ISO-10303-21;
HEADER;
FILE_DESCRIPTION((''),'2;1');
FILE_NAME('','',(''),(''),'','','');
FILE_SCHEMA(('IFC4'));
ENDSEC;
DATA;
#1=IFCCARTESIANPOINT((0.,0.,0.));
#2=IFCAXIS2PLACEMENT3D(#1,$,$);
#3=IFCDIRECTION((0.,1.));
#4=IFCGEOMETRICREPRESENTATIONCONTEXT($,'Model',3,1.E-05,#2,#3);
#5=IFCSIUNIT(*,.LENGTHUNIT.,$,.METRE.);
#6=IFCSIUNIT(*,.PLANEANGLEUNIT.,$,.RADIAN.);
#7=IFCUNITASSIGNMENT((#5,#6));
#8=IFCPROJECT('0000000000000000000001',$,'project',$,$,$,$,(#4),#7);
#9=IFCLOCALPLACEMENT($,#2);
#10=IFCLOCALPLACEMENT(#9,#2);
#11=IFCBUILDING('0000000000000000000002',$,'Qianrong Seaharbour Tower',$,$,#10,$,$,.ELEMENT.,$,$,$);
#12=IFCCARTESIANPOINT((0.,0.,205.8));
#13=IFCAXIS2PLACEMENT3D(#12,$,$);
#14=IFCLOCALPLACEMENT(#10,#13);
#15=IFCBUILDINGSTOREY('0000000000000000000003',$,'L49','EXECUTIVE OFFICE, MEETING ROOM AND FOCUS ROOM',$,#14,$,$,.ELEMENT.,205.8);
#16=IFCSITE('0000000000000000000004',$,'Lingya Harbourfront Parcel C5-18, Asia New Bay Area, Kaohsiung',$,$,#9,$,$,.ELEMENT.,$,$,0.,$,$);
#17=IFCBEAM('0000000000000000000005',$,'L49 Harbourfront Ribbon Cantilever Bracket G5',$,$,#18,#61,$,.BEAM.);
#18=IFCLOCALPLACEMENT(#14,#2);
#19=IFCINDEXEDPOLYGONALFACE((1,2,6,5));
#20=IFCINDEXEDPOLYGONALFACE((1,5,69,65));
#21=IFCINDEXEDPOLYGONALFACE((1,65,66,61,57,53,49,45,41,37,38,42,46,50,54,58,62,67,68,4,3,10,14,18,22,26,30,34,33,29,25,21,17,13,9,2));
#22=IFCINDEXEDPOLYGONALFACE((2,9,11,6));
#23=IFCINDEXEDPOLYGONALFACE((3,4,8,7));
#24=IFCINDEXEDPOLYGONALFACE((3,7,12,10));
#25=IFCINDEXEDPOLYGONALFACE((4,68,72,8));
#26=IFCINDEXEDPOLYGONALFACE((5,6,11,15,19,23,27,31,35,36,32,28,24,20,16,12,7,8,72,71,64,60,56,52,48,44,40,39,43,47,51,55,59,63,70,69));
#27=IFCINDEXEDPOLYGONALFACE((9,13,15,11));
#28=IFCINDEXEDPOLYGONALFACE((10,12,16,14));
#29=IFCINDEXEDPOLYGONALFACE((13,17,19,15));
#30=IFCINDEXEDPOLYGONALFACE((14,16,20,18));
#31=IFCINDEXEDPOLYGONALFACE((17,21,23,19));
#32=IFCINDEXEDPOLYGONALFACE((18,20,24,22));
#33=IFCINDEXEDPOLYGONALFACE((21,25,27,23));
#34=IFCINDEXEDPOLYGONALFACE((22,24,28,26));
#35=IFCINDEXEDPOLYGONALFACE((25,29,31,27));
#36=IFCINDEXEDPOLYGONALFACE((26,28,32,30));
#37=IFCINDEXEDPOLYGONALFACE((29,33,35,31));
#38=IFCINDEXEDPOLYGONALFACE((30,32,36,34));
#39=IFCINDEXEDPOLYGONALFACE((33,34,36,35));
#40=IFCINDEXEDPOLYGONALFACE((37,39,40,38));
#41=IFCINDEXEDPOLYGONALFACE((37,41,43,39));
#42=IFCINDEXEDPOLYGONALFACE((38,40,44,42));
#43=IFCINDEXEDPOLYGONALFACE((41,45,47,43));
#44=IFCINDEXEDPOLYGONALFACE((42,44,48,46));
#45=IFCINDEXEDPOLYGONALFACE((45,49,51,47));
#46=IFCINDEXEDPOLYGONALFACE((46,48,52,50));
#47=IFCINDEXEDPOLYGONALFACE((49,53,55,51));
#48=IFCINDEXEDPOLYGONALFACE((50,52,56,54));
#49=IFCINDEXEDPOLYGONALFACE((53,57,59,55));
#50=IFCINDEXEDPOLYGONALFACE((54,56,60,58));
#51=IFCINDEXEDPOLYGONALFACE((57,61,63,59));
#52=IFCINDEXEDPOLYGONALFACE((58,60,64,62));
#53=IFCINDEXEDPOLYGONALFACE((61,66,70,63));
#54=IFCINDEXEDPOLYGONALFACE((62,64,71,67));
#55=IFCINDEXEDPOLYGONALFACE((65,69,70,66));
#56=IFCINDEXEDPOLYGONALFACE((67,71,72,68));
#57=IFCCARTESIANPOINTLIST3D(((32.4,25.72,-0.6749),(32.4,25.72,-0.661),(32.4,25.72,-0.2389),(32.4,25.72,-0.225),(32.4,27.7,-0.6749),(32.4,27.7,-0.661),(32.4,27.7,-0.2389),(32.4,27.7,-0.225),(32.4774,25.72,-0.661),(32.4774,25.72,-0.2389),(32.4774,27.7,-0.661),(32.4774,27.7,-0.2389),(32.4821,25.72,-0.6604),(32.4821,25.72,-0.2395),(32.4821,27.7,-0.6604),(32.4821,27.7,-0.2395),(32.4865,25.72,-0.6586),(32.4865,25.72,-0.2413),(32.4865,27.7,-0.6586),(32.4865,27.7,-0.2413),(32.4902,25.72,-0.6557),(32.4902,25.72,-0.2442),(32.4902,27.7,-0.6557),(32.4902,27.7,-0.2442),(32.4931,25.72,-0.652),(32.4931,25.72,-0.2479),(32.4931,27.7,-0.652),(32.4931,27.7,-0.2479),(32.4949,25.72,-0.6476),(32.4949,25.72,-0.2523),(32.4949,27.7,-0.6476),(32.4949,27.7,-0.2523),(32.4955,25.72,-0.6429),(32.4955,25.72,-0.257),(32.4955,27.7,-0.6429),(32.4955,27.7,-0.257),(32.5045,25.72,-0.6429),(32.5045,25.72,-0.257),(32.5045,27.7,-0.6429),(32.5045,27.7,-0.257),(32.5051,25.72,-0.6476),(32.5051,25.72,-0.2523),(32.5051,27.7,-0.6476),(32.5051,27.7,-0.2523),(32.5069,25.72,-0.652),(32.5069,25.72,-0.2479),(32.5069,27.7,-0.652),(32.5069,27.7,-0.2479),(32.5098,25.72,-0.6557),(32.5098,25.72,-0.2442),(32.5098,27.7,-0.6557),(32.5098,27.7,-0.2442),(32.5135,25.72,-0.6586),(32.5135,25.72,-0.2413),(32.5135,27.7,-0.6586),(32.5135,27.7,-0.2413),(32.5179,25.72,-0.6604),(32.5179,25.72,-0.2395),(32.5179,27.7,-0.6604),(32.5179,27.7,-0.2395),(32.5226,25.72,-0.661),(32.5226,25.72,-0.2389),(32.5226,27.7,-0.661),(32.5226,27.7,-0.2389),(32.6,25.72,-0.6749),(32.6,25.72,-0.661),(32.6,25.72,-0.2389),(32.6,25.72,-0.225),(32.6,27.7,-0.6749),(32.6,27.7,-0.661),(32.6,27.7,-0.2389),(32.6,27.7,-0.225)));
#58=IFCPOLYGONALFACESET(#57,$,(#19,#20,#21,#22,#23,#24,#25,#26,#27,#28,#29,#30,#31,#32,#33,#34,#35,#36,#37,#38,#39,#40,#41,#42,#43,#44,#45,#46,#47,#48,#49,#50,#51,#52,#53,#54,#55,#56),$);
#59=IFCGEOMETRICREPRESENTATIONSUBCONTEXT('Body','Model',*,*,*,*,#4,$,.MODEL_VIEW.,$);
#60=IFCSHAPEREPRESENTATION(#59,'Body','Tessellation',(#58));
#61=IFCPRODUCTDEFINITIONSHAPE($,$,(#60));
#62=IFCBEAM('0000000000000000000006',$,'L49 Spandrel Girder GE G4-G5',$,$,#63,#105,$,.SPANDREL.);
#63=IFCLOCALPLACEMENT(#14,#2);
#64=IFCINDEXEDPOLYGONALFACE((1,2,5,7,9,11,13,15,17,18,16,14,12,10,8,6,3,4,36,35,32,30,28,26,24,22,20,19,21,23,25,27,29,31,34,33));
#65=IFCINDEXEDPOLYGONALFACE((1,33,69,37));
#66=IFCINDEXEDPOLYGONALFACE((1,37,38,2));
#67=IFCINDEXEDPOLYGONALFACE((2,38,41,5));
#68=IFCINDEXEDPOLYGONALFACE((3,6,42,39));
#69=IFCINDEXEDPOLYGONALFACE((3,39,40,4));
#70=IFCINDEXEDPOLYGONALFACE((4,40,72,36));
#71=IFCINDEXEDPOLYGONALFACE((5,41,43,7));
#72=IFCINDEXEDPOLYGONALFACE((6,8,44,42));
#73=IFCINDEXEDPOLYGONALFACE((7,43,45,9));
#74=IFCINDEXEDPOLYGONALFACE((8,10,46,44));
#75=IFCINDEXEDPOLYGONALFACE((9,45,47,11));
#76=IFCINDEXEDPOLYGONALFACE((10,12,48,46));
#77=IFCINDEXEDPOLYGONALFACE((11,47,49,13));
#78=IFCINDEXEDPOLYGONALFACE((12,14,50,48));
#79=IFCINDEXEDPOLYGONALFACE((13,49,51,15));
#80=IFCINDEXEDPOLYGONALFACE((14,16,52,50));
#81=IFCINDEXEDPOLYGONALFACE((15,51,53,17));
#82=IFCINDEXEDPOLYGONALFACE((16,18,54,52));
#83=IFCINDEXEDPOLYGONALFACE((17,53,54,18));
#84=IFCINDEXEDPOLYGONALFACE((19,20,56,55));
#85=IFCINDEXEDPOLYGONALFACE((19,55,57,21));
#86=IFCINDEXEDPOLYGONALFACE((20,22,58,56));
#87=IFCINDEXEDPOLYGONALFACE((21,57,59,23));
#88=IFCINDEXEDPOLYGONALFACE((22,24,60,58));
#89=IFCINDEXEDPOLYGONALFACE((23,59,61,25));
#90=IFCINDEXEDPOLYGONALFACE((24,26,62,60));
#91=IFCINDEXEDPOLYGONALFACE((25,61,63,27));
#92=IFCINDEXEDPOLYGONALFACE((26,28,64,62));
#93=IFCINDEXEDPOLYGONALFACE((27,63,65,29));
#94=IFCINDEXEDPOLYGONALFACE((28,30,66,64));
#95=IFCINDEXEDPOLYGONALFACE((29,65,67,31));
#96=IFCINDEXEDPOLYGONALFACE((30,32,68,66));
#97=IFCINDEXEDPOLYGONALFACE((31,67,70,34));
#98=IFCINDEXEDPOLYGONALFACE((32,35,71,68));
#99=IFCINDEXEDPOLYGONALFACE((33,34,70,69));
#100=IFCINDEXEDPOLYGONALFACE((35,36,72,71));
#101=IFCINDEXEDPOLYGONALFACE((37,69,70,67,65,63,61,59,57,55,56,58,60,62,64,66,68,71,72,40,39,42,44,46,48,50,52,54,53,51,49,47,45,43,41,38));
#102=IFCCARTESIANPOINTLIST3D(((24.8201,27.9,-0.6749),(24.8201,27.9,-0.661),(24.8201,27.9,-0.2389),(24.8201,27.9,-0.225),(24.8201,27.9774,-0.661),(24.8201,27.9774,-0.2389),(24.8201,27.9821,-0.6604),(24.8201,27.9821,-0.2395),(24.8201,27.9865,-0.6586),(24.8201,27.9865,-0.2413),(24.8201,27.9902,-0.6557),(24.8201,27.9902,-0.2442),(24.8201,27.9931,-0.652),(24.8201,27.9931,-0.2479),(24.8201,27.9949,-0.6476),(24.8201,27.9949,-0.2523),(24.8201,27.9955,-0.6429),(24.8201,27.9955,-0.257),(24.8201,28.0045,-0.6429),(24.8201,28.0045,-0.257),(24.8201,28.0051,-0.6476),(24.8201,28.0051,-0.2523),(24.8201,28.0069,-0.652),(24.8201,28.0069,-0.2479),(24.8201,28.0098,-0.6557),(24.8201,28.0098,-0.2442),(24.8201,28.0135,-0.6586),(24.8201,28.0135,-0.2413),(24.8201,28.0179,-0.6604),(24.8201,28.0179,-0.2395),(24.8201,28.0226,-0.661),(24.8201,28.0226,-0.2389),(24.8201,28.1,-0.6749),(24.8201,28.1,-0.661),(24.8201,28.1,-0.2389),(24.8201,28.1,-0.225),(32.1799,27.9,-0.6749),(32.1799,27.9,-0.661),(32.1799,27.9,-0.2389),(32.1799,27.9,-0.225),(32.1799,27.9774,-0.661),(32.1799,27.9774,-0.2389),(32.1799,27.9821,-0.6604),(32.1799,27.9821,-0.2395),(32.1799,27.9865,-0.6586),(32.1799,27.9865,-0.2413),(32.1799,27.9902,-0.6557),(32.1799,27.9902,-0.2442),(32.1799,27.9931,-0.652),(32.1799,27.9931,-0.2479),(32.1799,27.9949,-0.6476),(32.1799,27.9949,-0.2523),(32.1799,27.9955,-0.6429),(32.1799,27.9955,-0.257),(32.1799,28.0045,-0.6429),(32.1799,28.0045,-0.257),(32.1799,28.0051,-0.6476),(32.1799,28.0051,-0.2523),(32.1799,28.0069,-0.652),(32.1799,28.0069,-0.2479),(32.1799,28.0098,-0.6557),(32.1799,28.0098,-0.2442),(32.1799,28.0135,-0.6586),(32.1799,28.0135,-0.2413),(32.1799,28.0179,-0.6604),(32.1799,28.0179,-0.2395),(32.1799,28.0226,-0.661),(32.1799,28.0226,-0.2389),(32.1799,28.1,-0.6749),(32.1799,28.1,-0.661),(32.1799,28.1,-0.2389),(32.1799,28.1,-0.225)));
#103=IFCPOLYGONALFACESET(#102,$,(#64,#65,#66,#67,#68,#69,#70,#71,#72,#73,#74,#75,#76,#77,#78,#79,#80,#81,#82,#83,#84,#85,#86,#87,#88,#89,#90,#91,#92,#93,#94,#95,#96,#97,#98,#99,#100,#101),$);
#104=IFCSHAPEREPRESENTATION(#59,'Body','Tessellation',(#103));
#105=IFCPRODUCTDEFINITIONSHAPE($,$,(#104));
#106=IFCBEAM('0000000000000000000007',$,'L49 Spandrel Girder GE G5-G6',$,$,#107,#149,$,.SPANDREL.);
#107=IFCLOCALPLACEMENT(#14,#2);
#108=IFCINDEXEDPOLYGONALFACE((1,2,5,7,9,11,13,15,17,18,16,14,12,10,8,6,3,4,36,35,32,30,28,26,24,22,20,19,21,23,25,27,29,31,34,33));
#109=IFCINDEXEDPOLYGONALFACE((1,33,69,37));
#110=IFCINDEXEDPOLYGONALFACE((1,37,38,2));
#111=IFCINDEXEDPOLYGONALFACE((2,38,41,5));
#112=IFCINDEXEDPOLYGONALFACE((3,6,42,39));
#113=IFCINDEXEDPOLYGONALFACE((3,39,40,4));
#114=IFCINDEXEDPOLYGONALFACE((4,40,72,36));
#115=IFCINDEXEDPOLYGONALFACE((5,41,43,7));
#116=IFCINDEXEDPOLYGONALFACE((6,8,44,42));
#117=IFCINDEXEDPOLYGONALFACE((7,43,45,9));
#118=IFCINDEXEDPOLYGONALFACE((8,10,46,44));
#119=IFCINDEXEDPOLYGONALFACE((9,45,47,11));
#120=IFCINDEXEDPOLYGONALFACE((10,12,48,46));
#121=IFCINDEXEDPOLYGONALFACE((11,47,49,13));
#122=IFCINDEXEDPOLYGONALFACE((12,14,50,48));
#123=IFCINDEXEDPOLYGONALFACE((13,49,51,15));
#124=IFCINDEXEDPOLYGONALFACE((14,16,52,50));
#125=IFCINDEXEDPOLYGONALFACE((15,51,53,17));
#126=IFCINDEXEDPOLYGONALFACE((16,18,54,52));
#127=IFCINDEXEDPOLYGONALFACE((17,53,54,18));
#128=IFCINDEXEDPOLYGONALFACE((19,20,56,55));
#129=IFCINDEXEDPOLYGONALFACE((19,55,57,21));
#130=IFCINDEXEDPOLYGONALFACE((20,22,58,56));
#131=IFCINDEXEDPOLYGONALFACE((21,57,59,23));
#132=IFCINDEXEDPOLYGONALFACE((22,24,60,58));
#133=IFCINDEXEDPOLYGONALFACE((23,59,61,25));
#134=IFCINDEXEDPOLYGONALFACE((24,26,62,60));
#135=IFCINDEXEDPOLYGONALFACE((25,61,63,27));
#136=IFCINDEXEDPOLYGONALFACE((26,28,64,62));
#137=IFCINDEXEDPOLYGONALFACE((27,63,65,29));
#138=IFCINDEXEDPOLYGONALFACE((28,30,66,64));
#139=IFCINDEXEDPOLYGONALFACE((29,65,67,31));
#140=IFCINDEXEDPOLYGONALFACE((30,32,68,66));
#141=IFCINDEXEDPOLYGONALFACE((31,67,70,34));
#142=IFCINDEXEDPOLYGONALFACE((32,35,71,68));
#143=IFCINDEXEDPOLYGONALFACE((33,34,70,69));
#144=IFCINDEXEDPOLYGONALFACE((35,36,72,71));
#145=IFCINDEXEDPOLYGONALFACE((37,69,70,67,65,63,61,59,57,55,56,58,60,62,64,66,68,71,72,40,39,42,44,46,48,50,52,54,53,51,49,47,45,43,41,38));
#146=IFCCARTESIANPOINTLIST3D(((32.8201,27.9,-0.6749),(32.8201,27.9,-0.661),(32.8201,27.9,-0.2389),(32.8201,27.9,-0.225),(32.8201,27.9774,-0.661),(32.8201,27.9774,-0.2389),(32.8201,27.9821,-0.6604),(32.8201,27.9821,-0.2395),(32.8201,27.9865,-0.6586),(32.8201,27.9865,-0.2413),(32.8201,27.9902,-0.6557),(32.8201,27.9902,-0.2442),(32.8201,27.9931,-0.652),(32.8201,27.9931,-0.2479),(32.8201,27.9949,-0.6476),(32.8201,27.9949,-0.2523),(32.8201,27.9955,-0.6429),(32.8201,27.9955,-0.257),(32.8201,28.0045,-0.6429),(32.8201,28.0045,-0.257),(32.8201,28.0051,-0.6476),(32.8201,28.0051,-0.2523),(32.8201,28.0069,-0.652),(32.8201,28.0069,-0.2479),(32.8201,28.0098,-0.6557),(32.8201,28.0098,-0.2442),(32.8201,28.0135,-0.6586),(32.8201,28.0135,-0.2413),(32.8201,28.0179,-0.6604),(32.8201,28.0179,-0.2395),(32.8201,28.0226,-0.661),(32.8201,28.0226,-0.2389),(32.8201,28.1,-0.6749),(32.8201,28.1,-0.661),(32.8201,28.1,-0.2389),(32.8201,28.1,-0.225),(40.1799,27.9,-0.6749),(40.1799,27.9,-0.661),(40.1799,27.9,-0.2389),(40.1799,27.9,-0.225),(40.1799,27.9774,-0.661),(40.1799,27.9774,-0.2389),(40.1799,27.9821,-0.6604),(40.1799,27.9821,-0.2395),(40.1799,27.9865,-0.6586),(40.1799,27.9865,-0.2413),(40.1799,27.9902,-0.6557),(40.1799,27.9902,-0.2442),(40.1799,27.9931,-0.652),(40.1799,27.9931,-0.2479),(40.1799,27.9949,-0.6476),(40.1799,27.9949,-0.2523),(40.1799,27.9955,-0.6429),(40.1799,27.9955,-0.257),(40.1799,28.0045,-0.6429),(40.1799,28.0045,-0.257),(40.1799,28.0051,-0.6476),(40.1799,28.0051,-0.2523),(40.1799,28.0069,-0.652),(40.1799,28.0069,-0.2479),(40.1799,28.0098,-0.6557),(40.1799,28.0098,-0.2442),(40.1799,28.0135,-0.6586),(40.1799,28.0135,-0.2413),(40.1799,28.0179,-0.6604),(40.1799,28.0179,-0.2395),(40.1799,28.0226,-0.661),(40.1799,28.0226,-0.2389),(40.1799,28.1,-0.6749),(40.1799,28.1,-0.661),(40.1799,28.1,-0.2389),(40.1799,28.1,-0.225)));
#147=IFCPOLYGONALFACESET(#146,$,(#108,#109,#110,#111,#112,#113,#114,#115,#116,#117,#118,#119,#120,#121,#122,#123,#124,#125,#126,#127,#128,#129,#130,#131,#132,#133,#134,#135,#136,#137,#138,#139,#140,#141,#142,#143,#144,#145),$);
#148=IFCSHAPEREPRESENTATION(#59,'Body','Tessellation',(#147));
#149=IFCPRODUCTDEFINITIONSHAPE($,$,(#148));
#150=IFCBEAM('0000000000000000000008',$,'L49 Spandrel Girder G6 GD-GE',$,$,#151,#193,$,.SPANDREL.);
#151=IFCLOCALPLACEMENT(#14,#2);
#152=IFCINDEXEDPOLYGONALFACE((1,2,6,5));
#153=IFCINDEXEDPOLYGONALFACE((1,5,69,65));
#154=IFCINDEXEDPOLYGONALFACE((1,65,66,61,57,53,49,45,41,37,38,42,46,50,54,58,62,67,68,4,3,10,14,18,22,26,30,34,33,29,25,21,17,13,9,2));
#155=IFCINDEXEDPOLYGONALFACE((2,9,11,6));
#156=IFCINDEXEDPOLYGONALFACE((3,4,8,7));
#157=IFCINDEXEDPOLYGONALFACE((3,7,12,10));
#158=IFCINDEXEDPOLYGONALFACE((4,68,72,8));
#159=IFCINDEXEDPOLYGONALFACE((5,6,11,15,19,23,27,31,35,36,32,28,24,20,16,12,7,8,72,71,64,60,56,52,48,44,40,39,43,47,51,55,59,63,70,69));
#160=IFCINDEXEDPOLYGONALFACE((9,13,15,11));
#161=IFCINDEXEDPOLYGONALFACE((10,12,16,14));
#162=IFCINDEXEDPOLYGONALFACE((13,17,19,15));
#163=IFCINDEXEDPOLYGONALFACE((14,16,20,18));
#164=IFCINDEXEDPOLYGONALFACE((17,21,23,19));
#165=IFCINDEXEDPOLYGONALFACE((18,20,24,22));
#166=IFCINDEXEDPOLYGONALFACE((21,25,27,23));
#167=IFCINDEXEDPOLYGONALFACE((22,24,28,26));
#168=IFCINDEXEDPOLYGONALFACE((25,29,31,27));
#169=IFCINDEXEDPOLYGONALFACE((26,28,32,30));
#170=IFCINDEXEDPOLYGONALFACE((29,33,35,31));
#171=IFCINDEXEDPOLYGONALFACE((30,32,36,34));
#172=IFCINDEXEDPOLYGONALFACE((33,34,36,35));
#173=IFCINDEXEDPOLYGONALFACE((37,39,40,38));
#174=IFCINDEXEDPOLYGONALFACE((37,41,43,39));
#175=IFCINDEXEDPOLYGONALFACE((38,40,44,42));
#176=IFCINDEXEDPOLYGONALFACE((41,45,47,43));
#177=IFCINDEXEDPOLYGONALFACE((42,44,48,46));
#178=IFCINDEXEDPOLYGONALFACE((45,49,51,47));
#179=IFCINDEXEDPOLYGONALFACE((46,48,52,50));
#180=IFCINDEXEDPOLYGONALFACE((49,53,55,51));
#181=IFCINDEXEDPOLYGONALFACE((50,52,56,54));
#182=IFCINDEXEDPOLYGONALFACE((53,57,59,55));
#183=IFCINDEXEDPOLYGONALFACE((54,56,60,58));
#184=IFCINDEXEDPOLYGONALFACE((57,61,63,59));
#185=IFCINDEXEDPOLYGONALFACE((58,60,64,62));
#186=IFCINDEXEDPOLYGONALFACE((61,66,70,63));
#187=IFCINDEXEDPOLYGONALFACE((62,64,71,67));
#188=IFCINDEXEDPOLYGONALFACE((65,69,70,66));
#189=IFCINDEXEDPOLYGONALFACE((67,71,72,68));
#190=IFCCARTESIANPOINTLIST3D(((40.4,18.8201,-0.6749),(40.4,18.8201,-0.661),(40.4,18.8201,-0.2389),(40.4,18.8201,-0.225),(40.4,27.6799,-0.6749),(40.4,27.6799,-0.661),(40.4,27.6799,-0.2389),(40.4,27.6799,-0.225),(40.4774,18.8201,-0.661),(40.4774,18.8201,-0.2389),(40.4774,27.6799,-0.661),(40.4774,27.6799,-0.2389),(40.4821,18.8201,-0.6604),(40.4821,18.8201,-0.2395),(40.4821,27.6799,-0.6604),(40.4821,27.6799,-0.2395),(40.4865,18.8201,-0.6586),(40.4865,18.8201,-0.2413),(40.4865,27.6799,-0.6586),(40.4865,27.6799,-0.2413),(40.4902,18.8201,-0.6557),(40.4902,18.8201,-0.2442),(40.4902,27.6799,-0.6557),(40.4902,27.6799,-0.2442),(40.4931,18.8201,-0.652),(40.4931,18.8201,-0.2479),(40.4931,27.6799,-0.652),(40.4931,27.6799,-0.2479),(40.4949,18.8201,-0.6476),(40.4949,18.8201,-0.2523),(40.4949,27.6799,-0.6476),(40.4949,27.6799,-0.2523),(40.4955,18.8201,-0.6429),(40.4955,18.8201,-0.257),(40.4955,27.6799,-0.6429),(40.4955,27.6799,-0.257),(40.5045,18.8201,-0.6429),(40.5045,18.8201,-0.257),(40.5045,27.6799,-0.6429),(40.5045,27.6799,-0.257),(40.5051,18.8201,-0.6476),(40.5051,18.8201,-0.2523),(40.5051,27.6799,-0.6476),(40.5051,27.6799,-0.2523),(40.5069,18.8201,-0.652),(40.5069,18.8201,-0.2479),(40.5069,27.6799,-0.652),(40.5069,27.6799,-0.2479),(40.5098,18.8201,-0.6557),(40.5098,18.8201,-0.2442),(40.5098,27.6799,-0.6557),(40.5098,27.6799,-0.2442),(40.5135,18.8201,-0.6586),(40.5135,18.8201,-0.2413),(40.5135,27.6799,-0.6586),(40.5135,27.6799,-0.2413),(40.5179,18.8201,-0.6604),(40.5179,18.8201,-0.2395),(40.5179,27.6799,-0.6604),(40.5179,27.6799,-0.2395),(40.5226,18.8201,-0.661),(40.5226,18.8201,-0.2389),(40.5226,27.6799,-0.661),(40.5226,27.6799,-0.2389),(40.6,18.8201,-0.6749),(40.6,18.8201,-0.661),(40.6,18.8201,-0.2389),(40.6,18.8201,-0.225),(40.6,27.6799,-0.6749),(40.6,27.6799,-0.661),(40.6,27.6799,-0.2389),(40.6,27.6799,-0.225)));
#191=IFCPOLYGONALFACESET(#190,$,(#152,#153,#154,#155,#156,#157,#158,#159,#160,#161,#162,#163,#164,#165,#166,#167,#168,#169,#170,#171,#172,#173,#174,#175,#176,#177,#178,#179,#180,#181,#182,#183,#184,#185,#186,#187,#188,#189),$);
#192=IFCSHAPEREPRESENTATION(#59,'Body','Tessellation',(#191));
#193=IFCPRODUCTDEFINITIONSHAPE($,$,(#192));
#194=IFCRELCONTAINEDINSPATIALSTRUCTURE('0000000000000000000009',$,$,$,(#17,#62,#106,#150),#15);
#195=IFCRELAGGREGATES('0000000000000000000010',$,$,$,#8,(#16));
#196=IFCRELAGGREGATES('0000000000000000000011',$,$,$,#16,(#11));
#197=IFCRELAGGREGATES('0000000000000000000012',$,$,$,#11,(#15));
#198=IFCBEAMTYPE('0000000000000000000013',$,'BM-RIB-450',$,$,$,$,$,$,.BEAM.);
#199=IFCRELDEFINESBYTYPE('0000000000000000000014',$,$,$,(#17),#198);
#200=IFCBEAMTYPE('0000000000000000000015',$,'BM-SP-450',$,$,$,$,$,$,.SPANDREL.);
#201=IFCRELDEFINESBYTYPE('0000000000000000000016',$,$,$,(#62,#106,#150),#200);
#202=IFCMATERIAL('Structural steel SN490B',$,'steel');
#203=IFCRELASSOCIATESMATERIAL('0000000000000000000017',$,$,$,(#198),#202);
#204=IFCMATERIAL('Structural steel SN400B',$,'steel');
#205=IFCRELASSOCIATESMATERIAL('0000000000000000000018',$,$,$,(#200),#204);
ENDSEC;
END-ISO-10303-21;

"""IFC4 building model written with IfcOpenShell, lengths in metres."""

from ifc_helpers import new_model, si_unit, direction, frame, origin, origin_2d, place, context, subcontext, project, spatial, i_section, extrude, material, material_profile, profile_set, type_object, element, save


model = new_model("IFC4")

# Units and contexts
model_context = context("Model", 3, precision=1e-05, world=origin(), true_north=direction((0.0, 1.0)))
body_context = subcontext(model_context, "Body", "Model", "MODEL_VIEW")
ifc_project = project(units=[si_unit("LENGTHUNIT", "METRE"), si_unit("PLANEANGLEUNIT", "RADIAN")], contexts=[model_context])

# Site, building, storey
site_placement = place(None, origin())
site = spatial("IfcSite", under=ifc_project, at=site_placement, Name="Lingya Harbourfront Parcel C5-18, Asia New Bay Area, Kaohsiung", CompositionType="ELEMENT", RefElevation=0.0)
building_placement = place(site_placement, origin())
building = spatial("IfcBuilding", under=site, at=building_placement, Name="Qianrong Seaharbour Tower", CompositionType="ELEMENT")
storey_placement = place(building_placement, frame((0.0, 0.0, 205.8)))
storey = spatial("IfcBuildingStorey", under=building, at=storey_placement, Name="L49", Description="EXECUTIVE OFFICE, MEETING ROOM AND FOCUS ROOM", CompositionType="ELEMENT", Elevation=205.8)

# Shared definitions
ifc_material_1 = material(Name="Structural steel SN490B", Category="steel")

# Beams
ifc_material_2 = material(Name="Structural steel SN400B", Category="steel")
ifc_material_profile_1 = material_profile(ifc_material_1, i_section(OverallWidth=0.2, OverallDepth=0.45, WebThickness=0.009, FlangeThickness=0.0139, FilletRadius=0.0181, at=origin_2d()), Name="H450x200x9x14")
ifc_profile_set_1 = profile_set([ifc_material_profile_1], Name="Structural steel SN490B")
beam_type_1 = type_object("IfcBeamType", Name="BM-RIB-450", PredefinedType="BEAM", material=ifc_profile_set_1)
for number, where, z_axis, x_axis, name in (
    (1, (32.5, 27.7, -0.45), (0.0, -1.0, 0.0), (1.0, 0.0, 0.0), "L49 Harbourfront Ribbon Cantilever Bracket G5"),
):
    element("IfcBeam", number, at=place(storey_placement, frame(where, z_axis=z_axis, x_axis=x_axis)), inside=storey, type_object=beam_type_1, Name=name, PredefinedType="BEAM", context=body_context, shape_type="SweptSolid", body=[
        extrude(i_section(OverallWidth=0.2, OverallDepth=0.45, WebThickness=0.009, FlangeThickness=0.0139, FilletRadius=0.0181, at=origin_2d()), origin(), (0.0, 0.0, 1.0), 1.98),
    ])
ifc_material_profile_2 = material_profile(ifc_material_2, i_section(OverallWidth=0.2, OverallDepth=0.45, WebThickness=0.009, FlangeThickness=0.0139, FilletRadius=0.0181, at=origin_2d()), Name="H450x200x9x14")
ifc_profile_set_2 = profile_set([ifc_material_profile_2], Name="Structural steel SN400B")
beam_type_2 = type_object("IfcBeamType", Name="BM-SP-450", PredefinedType="SPANDREL", material=ifc_profile_set_2)
for number, where, z_axis, x_axis, name in (
    (2, (24.8201, 28.0, -0.45), (1.0, 0.0, 0.0), (0.0, 1.0, 0.0), "L49 Spandrel Girder GE G4-G5"),
    (3, (32.8201, 28.0, -0.45), (1.0, 0.0, 0.0), (0.0, 1.0, 0.0), "L49 Spandrel Girder GE G5-G6"),
):
    element("IfcBeam", number, at=place(storey_placement, frame(where, z_axis=z_axis, x_axis=x_axis)), inside=storey, type_object=beam_type_2, Name=name, PredefinedType="SPANDREL", context=body_context, shape_type="SweptSolid", body=[
        extrude(i_section(OverallWidth=0.2, OverallDepth=0.45, WebThickness=0.009, FlangeThickness=0.0139, FilletRadius=0.0181, at=origin_2d()), origin(), (0.0, 0.0, 1.0), 7.3599),
    ])
beam_1_placement = place(storey_placement, frame((40.5, 18.8201, -0.45), z_axis=(0.0, 1.0, 0.0), x_axis=(-1.0, 0.0, 0.0)))
element("IfcBeam", 4, at=beam_1_placement, inside=storey, type_object=beam_type_2, Name="L49 Spandrel Girder G6 GD-GE", PredefinedType="SPANDREL", context=body_context, shape_type="SweptSolid", body=[
    extrude(i_section(OverallWidth=0.2, OverallDepth=0.45, WebThickness=0.009, FlangeThickness=0.0139, FilletRadius=0.0181, at=origin_2d()), origin(), (0.0, 0.0, 1.0), 8.8599),
])

save(model, "model.ifc")
